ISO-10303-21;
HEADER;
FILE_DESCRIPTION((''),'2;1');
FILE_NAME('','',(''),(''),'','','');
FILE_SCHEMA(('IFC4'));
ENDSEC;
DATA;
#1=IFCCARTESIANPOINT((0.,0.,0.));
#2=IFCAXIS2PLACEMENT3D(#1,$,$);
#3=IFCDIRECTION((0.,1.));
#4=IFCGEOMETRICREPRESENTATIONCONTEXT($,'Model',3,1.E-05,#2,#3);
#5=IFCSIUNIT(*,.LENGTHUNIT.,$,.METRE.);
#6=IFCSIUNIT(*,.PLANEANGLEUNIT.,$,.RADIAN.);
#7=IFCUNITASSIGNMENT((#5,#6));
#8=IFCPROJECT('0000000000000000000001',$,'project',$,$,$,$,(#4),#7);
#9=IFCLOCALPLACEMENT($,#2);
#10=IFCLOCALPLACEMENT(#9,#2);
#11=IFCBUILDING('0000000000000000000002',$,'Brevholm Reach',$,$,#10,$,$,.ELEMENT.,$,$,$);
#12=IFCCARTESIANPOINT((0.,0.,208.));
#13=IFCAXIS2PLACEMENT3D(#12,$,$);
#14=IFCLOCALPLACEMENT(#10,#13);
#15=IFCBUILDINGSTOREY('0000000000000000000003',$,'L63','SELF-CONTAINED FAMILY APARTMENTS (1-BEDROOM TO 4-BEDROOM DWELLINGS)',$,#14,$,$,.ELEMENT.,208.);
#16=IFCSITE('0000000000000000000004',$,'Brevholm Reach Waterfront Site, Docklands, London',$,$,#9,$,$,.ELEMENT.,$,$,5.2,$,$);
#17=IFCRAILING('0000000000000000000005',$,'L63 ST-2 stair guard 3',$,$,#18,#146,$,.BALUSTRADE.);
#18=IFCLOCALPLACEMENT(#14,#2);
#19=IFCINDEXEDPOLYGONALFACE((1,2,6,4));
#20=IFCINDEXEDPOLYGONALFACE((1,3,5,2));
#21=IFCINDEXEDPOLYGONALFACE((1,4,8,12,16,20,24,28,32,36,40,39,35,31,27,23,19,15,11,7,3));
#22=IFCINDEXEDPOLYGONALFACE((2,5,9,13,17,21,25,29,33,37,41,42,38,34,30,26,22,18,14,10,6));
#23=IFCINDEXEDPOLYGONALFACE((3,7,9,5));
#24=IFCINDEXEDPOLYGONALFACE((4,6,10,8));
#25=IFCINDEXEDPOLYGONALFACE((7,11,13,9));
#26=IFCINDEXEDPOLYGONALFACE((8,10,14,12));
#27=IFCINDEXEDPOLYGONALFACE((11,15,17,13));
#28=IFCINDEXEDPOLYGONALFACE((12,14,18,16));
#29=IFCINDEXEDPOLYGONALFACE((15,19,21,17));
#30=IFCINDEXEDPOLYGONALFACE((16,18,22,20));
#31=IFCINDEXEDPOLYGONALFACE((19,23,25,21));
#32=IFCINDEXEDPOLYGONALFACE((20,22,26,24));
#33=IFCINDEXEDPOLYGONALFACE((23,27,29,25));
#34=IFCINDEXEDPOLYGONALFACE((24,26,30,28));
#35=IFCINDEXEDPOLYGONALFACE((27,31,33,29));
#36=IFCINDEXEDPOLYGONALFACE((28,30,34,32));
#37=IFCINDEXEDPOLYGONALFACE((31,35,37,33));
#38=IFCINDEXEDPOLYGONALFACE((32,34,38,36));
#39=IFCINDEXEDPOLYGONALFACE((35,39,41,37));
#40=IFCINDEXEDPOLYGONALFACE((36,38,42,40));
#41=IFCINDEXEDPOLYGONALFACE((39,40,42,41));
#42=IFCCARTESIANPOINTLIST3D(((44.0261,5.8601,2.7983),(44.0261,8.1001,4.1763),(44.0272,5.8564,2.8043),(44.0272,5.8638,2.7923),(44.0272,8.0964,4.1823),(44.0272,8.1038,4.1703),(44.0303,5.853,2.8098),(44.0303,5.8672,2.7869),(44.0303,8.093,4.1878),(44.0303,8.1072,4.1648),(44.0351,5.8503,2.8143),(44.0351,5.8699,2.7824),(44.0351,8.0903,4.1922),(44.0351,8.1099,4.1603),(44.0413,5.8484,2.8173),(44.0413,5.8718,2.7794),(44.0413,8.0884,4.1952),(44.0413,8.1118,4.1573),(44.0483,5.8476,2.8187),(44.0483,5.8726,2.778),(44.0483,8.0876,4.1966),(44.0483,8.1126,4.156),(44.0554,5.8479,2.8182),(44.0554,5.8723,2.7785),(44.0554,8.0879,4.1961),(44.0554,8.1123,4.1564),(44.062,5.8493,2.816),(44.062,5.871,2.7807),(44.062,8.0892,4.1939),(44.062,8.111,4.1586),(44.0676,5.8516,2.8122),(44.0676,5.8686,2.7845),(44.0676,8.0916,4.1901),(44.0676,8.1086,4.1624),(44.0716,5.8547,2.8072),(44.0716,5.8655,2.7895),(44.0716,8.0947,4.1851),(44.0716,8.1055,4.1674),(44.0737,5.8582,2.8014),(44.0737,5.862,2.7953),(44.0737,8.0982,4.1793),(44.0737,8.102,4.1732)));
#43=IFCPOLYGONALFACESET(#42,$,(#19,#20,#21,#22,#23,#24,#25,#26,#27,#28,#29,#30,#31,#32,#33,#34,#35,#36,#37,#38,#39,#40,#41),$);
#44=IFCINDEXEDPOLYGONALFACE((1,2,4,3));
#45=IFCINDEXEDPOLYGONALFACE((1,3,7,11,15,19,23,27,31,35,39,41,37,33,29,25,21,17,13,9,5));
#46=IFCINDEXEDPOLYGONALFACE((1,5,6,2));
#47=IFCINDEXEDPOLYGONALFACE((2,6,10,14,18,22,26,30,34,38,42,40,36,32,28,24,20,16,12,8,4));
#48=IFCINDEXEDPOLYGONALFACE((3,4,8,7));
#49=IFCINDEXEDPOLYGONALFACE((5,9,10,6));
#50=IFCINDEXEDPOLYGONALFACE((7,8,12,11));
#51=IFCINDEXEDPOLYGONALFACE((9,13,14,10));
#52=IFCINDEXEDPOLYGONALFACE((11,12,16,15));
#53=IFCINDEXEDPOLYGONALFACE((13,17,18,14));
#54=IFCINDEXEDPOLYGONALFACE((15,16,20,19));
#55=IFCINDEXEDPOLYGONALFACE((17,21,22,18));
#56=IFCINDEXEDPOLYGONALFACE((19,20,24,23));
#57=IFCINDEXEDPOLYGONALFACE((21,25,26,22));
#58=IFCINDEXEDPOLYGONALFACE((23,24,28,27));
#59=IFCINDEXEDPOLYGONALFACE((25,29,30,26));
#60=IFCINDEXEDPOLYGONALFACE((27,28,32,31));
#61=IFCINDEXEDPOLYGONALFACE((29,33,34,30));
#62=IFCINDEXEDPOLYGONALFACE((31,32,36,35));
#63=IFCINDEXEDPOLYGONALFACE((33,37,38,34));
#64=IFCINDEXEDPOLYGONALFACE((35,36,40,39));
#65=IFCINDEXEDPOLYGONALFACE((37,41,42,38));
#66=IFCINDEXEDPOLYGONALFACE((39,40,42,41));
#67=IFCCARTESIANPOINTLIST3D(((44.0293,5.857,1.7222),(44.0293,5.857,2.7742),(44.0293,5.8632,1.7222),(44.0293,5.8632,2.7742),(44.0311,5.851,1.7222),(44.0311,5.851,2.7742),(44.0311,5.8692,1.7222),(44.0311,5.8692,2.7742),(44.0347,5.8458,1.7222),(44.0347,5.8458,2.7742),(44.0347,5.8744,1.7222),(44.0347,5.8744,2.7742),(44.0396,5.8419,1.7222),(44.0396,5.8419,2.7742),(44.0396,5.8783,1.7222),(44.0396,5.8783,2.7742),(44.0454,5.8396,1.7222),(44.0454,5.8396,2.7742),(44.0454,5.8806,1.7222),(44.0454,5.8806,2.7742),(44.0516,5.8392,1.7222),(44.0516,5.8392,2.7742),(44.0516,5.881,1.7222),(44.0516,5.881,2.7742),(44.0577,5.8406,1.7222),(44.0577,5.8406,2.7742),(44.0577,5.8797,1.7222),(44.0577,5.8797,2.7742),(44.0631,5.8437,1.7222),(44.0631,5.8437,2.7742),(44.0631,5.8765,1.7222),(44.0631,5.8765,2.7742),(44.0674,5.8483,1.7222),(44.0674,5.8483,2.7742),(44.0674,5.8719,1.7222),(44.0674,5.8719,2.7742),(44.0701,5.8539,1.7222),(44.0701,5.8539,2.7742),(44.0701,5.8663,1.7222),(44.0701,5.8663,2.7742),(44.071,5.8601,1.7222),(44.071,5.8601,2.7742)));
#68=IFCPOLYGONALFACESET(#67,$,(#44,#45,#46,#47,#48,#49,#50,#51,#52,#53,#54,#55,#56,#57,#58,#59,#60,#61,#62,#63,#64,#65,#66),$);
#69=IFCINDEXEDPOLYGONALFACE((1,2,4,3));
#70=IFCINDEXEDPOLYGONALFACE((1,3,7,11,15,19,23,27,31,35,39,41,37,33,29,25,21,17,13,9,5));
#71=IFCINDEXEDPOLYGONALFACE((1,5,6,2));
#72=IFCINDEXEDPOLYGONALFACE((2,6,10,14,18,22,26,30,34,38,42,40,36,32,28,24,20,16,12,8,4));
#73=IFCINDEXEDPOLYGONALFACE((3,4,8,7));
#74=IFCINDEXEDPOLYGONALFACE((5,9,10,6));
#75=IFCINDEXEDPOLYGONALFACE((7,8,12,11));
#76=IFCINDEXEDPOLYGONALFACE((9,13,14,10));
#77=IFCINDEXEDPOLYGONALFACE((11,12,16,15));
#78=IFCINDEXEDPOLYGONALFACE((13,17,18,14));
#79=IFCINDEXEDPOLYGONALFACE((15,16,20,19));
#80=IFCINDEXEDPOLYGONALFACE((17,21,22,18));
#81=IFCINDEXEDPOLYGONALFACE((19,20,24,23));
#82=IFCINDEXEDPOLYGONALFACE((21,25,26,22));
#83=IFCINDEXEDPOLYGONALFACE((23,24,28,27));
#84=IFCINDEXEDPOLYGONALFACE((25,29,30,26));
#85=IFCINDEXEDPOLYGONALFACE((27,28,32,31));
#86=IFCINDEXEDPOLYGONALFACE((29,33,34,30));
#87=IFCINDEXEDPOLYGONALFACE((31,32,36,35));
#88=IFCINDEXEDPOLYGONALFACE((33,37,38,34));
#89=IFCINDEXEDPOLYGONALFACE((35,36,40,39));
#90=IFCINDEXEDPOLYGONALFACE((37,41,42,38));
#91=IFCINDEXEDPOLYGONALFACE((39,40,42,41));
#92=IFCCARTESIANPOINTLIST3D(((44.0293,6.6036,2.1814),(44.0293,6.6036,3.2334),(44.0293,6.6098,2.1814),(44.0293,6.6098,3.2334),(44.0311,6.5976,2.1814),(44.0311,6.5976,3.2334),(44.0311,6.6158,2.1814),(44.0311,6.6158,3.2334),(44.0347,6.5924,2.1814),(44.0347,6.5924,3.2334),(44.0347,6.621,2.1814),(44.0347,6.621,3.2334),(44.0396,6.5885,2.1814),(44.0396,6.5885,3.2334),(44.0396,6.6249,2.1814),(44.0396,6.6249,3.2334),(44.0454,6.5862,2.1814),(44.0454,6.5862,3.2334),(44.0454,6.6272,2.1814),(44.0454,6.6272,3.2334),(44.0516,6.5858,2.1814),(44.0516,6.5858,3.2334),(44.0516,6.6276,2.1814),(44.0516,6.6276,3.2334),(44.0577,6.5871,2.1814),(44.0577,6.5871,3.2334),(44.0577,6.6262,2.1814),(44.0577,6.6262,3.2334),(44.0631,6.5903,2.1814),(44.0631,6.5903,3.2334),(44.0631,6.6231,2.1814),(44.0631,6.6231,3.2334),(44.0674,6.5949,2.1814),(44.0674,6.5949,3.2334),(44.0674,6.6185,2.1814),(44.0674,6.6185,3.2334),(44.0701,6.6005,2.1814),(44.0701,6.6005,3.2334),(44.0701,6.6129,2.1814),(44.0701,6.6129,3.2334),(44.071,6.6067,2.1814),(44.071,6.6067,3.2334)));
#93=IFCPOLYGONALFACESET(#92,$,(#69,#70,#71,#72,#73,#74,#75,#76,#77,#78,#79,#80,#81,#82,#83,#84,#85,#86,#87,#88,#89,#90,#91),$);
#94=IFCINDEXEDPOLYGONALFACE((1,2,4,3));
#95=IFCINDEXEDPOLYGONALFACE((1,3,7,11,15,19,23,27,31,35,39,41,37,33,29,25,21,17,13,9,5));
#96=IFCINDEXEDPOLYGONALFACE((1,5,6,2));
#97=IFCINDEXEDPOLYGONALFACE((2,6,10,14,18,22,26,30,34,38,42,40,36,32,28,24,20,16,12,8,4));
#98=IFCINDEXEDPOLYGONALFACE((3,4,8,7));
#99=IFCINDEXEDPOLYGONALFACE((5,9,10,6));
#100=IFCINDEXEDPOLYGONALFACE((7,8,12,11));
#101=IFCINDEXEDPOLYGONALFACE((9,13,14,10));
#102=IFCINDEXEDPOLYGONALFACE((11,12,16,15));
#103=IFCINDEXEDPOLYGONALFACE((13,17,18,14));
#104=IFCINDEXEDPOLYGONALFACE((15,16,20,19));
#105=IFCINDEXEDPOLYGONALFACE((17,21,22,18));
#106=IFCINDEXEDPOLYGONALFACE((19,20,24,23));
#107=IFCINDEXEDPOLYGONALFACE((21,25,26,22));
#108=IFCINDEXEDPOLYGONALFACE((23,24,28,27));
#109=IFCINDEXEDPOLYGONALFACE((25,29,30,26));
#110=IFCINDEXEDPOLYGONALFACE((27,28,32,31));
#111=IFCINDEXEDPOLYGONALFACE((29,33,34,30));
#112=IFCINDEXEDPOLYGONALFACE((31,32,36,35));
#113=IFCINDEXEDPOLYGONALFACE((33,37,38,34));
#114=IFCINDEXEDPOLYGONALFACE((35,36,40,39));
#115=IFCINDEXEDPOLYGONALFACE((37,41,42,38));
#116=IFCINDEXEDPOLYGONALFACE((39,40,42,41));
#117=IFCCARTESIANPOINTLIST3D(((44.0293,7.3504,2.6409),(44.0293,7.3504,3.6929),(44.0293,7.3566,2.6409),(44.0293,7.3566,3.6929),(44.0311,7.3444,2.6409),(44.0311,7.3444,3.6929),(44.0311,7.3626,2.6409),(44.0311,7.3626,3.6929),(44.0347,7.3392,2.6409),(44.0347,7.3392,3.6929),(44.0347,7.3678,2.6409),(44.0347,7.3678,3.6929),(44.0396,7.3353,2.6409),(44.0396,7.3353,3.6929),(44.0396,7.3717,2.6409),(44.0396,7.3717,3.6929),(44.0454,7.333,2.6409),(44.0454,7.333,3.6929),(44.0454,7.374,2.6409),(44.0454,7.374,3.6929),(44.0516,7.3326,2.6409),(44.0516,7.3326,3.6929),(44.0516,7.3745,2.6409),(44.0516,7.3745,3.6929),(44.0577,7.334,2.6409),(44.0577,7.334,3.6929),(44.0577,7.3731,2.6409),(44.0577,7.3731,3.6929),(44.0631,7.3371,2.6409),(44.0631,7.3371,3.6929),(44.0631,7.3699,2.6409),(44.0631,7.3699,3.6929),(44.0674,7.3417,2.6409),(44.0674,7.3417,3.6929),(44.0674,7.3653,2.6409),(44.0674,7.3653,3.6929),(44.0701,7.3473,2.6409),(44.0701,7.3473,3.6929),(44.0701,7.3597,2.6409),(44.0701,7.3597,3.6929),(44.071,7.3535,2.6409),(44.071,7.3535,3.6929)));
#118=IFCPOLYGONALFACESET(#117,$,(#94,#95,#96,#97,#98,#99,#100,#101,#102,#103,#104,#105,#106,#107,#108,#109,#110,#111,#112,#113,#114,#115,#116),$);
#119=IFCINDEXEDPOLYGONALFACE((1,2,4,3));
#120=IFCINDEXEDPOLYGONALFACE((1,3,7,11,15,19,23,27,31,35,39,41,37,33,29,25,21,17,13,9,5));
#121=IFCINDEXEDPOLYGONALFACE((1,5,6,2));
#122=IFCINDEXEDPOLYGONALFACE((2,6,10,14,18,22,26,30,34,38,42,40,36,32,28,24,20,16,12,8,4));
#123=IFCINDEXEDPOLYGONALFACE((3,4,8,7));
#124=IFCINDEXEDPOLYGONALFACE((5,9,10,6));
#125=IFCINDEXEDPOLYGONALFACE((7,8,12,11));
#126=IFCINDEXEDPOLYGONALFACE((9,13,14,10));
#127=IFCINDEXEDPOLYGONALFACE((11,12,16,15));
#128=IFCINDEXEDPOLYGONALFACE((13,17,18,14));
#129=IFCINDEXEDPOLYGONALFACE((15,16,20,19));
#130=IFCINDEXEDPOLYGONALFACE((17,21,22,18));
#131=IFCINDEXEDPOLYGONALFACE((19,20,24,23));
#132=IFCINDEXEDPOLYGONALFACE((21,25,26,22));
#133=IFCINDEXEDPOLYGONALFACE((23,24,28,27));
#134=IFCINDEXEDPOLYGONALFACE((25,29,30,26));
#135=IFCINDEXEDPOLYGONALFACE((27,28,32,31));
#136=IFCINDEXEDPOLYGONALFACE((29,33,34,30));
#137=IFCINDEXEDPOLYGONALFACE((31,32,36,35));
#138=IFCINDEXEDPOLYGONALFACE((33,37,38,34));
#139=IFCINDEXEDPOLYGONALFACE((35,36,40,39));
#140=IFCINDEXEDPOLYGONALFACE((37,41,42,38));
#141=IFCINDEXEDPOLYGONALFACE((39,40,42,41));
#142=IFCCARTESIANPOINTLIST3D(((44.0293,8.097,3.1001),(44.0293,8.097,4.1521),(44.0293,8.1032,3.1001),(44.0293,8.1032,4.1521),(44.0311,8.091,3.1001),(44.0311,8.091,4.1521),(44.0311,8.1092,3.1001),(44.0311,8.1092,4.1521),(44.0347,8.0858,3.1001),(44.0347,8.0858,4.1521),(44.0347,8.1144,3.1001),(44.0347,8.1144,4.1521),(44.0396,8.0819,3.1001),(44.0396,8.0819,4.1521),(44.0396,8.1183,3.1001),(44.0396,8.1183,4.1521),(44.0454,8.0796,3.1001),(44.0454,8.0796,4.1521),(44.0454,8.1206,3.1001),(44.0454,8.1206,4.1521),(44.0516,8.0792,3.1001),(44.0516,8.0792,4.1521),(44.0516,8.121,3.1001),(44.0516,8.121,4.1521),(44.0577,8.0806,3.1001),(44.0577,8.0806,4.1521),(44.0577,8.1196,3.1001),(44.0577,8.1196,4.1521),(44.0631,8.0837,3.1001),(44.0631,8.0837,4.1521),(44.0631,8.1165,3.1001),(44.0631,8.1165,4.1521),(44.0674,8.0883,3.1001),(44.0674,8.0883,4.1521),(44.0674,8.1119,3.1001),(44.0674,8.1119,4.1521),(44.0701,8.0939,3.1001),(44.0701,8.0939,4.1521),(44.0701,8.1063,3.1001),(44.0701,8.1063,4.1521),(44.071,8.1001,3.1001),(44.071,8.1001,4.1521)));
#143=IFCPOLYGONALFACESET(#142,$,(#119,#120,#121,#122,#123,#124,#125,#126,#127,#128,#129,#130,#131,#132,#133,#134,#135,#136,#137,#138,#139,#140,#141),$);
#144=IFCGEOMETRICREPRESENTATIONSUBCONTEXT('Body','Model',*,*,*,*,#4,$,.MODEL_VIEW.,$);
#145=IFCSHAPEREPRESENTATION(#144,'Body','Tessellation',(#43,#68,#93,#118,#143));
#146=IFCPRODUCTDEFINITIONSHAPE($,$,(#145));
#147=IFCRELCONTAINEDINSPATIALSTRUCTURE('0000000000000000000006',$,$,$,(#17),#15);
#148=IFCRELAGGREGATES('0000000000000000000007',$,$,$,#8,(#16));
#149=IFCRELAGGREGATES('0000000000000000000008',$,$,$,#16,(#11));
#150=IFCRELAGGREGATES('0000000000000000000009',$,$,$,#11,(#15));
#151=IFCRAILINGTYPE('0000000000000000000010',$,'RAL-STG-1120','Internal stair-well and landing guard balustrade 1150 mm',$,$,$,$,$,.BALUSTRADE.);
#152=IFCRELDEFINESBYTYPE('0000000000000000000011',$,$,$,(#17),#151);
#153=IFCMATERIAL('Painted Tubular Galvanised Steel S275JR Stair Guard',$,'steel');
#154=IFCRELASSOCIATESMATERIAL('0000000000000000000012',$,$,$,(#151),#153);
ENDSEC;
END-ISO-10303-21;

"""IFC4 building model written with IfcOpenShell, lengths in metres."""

from ifc_helpers import new_model, si_unit, direction, frame, origin, origin_2d, place, context, subcontext, project, spatial, circle, extrude, material, type_object, element, save


model = new_model("IFC4")

# Units and contexts
model_context = context("Model", 3, precision=1e-05, world=origin(), true_north=direction((0.0, 1.0)))
body_context = subcontext(model_context, "Body", "Model", "MODEL_VIEW")
ifc_project = project(units=[si_unit("LENGTHUNIT", "METRE"), si_unit("PLANEANGLEUNIT", "RADIAN")], contexts=[model_context])

# Site, building, storey
site_placement = place(None, origin())
site = spatial("IfcSite", under=ifc_project, at=site_placement, Name="Brevholm Reach Waterfront Site, Docklands, London", CompositionType="ELEMENT", RefElevation=5.2)
building_placement = place(site_placement, origin())
building = spatial("IfcBuilding", under=site, at=building_placement, Name="Brevholm Reach", CompositionType="ELEMENT")
storey_placement = place(building_placement, frame((0.0, 0.0, 208.0)))
storey = spatial("IfcBuildingStorey", under=building, at=storey_placement, Name="L63", Description="SELF-CONTAINED FAMILY APARTMENTS (1-BEDROOM TO 4-BEDROOM DWELLINGS)", CompositionType="ELEMENT", Elevation=208.0)

# Railing
ifc_material_1 = material(Name="Painted Tubular Galvanised Steel S275JR Stair Guard", Category="steel")
railing_type_1 = type_object("IfcRailingType", Name="RAL-STG-1120", Description="Internal stair-well and landing guard balustrade 1150 mm", PredefinedType="BALUSTRADE", material=ifc_material_1)
railing_1_placement = place(storey_placement, frame((44.05, 5.8601, 1.7222)))
element("IfcRailing", 1, at=railing_1_placement, inside=storey, type_object=railing_type_1, Name="L63 ST-2 stair guard 3", PredefinedType="BALUSTRADE", context=body_context, shape_type="SweptSolid", body=[
    extrude(circle(Radius=0.0239, at=origin_2d()), frame((0.0, 0.0, 1.0762), z_axis=(0.0, 0.851748, 0.523952), x_axis=(-1.0, 0.0, 0.0)), (0.0, 0.0, 1.0), 2.6299),
    extrude(circle(Radius=0.021, at=origin_2d()), origin(), (0.0, 0.0, 1.0), 1.052),
    extrude(circle(Radius=0.021, at=origin_2d()), frame((0.0, 0.7466, 0.4592)), (0.0, 0.0, 1.0), 1.052),
    extrude(circle(Radius=0.021, at=origin_2d()), frame((0.0, 1.4934, 0.9187)), (0.0, 0.0, 1.0), 1.052),
    extrude(circle(Radius=0.021, at=origin_2d()), frame((0.0, 2.24, 1.3779)), (0.0, 0.0, 1.0), 1.052),
])

save(model, "model.ifc")
